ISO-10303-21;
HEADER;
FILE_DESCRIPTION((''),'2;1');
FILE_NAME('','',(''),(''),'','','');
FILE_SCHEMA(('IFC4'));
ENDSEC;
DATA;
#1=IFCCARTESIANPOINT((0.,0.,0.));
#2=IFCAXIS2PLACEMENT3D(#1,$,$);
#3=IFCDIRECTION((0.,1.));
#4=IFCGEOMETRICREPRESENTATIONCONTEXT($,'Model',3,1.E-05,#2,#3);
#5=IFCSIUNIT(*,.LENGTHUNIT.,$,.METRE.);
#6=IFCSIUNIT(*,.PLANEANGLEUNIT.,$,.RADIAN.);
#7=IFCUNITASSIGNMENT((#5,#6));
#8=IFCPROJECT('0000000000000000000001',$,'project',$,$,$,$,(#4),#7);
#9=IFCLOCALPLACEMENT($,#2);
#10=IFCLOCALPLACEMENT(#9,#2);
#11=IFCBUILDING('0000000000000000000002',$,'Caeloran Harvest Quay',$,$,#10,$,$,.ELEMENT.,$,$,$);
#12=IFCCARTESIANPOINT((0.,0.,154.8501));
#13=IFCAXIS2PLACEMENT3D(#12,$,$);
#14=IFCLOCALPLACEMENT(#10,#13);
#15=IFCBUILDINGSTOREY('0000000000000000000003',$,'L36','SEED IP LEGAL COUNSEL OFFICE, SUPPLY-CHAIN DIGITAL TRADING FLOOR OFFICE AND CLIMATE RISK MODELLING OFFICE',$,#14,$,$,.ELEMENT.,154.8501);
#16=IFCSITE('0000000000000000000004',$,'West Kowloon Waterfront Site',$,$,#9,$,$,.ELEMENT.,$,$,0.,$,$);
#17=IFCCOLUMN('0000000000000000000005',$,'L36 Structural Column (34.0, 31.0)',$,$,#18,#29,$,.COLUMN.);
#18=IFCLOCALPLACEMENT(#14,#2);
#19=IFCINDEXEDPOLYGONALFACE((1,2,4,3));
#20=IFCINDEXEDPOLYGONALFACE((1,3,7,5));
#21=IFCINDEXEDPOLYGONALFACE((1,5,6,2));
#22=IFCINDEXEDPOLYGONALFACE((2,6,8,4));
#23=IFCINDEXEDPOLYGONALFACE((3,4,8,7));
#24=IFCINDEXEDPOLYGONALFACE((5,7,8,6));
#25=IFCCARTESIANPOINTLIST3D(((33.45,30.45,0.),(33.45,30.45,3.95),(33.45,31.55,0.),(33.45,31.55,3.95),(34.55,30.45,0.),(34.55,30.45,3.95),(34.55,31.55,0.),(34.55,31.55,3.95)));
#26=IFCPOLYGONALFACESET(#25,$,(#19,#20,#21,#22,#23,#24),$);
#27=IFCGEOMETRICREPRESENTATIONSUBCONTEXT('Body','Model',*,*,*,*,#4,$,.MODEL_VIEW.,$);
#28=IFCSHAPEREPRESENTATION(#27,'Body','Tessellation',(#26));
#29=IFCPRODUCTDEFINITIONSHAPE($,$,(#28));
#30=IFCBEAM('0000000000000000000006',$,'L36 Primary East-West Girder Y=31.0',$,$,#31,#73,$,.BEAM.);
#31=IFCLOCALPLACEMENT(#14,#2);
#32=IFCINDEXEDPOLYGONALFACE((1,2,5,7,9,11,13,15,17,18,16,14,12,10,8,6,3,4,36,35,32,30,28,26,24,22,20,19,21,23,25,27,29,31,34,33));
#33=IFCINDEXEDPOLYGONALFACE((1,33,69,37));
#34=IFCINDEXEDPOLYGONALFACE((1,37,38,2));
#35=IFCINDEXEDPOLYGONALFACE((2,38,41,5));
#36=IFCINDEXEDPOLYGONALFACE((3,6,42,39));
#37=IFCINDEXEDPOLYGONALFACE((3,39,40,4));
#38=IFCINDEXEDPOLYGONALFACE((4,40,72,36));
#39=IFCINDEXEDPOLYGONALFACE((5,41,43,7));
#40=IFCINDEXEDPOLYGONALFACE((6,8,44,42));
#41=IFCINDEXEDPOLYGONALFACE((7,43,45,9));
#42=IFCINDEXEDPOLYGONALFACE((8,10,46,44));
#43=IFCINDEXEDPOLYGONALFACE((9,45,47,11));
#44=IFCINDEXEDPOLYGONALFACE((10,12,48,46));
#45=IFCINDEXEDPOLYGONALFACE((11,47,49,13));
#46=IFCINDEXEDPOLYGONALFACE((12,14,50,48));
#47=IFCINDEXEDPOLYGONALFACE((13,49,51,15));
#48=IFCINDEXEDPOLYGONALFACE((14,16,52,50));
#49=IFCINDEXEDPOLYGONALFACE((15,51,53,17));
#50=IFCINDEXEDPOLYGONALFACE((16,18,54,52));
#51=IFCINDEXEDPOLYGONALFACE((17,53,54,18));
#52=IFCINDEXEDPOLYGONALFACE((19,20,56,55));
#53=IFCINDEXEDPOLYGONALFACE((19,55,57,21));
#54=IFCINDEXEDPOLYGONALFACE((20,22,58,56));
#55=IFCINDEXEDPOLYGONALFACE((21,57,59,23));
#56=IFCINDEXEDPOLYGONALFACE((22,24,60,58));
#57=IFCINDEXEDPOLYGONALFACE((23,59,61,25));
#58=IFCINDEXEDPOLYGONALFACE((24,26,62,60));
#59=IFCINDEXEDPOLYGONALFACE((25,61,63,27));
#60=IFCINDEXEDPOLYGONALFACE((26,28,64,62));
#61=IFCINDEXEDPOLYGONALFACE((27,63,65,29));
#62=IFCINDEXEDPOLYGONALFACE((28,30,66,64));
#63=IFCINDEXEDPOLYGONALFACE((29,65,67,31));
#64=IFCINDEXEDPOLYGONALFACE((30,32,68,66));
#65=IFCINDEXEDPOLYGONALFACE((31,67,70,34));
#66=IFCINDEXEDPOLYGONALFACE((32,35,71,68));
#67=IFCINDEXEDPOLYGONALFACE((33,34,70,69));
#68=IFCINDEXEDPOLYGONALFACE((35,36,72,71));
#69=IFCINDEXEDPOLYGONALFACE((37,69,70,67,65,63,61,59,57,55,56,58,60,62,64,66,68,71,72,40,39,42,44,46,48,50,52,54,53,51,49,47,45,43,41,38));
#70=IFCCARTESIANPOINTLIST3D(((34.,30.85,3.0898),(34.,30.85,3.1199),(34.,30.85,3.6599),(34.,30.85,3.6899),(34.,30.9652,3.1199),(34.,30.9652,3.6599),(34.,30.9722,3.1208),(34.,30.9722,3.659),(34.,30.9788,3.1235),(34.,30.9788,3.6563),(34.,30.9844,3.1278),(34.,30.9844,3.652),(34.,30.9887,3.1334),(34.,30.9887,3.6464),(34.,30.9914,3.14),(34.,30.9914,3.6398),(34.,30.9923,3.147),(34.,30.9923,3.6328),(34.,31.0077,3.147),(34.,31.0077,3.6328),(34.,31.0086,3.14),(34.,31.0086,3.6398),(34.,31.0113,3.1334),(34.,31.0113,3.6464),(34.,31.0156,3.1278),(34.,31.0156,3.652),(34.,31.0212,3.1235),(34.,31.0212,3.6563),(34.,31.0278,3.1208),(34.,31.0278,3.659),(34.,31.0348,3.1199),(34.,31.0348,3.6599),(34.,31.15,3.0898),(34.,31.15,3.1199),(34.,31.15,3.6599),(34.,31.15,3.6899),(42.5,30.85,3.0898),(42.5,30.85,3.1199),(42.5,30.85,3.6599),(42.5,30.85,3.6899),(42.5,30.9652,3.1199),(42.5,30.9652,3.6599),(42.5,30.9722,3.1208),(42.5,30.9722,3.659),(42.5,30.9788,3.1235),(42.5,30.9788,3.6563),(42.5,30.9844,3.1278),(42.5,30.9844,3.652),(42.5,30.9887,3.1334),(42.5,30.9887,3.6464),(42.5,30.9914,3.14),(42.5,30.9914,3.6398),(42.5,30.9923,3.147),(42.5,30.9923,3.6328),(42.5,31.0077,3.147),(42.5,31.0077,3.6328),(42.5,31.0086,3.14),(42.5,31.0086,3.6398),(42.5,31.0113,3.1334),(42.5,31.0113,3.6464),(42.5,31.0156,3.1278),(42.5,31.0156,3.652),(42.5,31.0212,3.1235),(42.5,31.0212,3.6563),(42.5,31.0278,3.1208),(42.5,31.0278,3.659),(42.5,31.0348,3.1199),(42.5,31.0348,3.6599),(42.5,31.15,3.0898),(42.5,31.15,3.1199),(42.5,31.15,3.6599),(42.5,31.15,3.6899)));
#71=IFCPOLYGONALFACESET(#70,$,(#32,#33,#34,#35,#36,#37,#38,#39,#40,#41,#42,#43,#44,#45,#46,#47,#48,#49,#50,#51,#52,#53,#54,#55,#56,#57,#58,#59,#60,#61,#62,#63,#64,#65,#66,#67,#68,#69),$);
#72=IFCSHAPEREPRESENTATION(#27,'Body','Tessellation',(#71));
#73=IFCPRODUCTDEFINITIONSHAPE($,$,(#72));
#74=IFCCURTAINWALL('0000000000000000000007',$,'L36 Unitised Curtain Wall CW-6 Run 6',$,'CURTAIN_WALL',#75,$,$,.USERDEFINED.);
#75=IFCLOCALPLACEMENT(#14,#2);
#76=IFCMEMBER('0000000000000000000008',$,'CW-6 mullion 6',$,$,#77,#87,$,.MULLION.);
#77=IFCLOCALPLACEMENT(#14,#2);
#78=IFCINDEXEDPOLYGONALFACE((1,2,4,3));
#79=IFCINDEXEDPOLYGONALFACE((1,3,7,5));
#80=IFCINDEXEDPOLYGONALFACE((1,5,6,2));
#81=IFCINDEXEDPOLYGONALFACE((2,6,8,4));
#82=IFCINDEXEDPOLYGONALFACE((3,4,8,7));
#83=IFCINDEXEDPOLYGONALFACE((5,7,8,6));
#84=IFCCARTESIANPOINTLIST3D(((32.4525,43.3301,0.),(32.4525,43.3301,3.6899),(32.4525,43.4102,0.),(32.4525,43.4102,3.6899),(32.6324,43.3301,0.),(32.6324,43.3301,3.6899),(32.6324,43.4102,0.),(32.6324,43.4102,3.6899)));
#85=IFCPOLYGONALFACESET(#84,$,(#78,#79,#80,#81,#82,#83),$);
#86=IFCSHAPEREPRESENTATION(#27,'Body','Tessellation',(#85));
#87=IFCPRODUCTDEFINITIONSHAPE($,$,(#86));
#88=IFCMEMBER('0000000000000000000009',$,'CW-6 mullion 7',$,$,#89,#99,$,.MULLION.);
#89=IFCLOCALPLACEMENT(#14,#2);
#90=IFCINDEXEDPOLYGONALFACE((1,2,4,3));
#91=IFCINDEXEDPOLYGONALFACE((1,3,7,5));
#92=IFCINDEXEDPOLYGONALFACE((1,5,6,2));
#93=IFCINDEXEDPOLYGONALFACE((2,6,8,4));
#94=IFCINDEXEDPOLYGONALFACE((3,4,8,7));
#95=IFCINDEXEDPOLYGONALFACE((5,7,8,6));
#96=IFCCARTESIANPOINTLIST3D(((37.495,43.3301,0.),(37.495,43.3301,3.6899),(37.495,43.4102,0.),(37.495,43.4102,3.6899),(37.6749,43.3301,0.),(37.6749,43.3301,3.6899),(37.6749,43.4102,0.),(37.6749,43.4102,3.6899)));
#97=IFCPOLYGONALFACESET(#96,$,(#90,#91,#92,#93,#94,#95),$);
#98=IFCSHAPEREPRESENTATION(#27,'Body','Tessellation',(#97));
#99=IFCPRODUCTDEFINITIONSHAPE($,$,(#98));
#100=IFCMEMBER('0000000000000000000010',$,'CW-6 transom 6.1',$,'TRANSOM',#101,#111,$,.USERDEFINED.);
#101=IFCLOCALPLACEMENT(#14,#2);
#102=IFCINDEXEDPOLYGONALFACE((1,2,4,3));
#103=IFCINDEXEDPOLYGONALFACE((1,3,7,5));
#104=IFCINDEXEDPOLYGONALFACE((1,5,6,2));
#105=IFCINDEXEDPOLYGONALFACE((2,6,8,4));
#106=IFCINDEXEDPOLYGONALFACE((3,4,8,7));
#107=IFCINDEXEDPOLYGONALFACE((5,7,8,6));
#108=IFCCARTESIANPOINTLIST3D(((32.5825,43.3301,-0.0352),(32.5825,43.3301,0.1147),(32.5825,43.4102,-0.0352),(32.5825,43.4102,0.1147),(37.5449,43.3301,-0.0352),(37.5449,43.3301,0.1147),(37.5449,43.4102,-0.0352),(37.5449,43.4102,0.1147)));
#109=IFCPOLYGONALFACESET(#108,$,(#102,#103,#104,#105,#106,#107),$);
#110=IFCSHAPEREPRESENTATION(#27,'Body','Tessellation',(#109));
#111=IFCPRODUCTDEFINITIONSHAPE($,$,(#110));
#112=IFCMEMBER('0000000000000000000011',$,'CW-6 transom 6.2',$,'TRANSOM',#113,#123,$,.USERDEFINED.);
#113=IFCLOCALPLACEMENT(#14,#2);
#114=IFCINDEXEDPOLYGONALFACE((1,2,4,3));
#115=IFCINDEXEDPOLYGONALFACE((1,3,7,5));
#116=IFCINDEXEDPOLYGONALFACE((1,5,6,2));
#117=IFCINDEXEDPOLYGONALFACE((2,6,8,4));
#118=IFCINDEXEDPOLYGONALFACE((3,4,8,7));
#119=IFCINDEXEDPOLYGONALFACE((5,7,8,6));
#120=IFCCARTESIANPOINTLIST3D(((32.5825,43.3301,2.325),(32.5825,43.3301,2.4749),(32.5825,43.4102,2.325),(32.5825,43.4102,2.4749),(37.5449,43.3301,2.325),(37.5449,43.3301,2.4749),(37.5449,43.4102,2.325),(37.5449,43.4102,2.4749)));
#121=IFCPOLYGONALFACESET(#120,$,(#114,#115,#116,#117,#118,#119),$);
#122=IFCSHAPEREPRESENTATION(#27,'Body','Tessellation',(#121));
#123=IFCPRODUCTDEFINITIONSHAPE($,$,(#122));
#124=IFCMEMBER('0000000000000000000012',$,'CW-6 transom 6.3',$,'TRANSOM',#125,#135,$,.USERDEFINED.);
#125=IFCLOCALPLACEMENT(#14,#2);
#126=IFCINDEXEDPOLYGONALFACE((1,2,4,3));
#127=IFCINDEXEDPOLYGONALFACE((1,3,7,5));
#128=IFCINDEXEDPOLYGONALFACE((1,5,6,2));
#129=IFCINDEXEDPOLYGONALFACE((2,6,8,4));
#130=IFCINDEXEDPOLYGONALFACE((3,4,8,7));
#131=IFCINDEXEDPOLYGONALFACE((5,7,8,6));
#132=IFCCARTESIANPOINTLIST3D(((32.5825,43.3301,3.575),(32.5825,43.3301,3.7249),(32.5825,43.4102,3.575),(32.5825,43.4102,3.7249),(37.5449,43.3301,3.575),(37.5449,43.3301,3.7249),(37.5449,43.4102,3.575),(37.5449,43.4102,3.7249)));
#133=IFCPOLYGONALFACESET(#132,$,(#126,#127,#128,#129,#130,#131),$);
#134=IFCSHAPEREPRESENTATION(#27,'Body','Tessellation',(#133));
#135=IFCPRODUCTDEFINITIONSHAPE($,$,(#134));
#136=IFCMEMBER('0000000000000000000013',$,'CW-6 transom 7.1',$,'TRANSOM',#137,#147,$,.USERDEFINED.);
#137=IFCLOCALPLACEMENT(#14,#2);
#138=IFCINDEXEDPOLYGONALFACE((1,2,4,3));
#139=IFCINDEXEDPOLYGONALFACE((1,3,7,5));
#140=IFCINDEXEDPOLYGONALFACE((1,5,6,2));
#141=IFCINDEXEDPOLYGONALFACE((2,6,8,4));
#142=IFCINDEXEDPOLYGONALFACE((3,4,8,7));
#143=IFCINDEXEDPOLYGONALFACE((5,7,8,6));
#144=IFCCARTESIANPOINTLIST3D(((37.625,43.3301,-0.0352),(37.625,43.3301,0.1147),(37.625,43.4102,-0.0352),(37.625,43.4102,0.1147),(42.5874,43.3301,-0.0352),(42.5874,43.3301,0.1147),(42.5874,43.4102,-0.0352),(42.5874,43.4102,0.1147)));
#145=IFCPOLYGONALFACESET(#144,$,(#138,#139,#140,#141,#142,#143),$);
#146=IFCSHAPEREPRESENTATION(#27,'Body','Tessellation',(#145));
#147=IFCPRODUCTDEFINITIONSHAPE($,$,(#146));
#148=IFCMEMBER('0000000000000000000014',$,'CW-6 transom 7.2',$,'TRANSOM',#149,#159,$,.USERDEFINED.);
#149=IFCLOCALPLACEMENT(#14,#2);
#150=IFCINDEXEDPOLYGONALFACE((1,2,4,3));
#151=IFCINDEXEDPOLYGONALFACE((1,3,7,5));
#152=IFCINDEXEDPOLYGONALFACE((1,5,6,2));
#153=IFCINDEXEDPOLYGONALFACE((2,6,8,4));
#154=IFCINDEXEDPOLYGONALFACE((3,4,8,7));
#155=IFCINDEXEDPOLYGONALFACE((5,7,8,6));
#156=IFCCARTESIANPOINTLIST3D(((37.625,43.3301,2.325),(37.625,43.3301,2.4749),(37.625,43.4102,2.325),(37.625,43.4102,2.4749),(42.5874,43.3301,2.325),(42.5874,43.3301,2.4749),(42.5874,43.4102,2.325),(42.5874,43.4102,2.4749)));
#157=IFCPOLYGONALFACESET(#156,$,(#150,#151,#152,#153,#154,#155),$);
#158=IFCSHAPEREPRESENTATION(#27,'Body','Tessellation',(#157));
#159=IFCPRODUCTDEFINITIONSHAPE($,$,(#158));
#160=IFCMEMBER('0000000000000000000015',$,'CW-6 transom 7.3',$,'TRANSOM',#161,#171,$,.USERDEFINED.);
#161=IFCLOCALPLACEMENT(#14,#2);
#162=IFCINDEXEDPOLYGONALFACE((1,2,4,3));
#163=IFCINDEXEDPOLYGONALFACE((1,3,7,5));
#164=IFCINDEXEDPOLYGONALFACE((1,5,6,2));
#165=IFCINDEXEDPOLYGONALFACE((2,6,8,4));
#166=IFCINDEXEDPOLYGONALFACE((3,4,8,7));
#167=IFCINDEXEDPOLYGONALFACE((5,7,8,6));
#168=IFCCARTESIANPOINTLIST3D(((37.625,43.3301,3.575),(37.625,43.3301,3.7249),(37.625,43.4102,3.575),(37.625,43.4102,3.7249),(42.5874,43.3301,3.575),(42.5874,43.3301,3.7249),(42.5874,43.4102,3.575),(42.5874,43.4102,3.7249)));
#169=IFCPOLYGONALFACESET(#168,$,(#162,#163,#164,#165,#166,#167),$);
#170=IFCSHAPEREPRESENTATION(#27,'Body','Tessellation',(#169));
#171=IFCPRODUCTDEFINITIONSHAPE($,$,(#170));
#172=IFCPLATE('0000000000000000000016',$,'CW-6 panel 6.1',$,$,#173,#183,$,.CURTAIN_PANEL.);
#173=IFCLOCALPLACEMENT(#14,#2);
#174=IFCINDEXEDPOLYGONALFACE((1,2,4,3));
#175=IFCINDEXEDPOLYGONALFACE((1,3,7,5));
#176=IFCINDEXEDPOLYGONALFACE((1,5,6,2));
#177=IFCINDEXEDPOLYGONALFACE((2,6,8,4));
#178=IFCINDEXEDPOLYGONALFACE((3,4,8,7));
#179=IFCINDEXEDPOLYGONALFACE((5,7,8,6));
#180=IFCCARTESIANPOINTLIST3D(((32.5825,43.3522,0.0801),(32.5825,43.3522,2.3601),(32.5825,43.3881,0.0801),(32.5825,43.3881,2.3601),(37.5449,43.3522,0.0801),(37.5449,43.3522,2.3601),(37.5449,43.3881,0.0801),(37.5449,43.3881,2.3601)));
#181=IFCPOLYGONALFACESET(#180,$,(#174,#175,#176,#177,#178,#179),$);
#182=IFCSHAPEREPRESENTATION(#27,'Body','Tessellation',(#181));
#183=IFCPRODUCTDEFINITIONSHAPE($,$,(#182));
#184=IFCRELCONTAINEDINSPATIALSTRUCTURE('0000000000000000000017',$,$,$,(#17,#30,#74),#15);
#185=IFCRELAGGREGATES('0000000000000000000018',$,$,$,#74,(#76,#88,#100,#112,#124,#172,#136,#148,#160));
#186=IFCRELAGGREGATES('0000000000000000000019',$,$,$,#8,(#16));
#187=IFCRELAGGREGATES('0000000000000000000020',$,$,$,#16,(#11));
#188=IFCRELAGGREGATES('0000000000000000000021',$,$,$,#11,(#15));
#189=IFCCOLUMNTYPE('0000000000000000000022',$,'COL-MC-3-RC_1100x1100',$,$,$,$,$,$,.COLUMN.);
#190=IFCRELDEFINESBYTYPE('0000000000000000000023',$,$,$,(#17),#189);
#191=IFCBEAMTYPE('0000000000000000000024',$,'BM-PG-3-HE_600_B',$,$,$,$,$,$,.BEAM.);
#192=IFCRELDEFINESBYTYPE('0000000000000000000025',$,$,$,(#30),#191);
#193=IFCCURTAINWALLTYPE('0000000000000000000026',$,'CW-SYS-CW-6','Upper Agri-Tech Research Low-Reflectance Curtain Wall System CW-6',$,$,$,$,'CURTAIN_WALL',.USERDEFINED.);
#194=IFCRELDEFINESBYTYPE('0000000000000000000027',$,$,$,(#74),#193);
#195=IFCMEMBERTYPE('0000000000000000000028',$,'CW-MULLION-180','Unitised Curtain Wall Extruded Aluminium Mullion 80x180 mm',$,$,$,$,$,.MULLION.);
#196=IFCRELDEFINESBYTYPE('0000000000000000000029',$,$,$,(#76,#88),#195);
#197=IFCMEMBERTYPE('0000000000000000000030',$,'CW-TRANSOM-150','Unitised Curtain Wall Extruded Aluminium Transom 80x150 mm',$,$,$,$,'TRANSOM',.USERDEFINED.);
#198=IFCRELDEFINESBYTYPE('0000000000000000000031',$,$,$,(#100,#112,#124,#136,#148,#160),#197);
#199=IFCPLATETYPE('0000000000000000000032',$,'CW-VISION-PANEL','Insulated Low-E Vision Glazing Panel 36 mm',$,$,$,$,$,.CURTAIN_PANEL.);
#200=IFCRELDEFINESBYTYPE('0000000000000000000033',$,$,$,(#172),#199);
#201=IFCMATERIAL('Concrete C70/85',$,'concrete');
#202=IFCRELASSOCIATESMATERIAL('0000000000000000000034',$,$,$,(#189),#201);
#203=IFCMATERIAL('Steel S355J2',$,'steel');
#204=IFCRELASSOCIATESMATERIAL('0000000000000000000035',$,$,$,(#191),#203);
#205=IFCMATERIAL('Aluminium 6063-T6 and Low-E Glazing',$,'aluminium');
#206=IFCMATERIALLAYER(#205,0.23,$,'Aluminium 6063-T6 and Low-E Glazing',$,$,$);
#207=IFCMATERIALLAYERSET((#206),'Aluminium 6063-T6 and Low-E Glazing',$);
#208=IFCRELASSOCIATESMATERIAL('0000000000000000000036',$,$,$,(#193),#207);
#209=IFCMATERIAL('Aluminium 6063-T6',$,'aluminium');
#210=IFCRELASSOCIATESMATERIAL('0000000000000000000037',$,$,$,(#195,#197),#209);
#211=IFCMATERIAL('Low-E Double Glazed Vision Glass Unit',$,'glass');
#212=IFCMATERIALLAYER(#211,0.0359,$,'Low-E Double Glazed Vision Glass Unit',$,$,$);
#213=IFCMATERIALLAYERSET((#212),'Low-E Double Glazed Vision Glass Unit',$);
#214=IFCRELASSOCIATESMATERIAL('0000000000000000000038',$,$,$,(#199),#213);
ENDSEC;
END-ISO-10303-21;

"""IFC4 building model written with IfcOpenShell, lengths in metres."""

from ifc_helpers import new_model, si_unit, direction, frame, origin, origin_2d, place, context, subcontext, project, spatial, rectangle, i_section, extrude, material, layer, layer_set, material_profile, profile_set, type_object, element, aggregate, save


model = new_model("IFC4")

# Units and contexts
model_context = context("Model", 3, precision=1e-05, world=origin(), true_north=direction((0.0, 1.0)))
body_context = subcontext(model_context, "Body", "Model", "MODEL_VIEW")
ifc_project = project(units=[si_unit("LENGTHUNIT", "METRE"), si_unit("PLANEANGLEUNIT", "RADIAN")], contexts=[model_context])

# Site, building, storey
site_placement = place(None, origin())
site = spatial("IfcSite", under=ifc_project, at=site_placement, Name="West Kowloon Waterfront Site", CompositionType="ELEMENT", RefElevation=0.0)
building_placement = place(site_placement, origin())
building = spatial("IfcBuilding", under=site, at=building_placement, Name="Caeloran Harvest Quay", CompositionType="ELEMENT")
storey_placement = place(building_placement, frame((0.0, 0.0, 154.8501)))
storey = spatial("IfcBuildingStorey", under=building, at=storey_placement, Name="L36", Description="SEED IP LEGAL COUNSEL OFFICE, SUPPLY-CHAIN DIGITAL TRADING FLOOR OFFICE AND CLIMATE RISK MODELLING OFFICE", CompositionType="ELEMENT", Elevation=154.8501)

# Column
ifc_material_1 = material(Name="Concrete C70/85", Category="concrete")
ifc_material_profile_1 = material_profile(ifc_material_1, rectangle(XDim=1.1001, YDim=1.1001, at=origin_2d()), Name="RC 1100x1100")
ifc_profile_set_1 = profile_set([ifc_material_profile_1], Name="Concrete C70/85")
column_type = type_object("IfcColumnType", Name="COL-MC-3-RC_1100x1100", PredefinedType="COLUMN", material=ifc_profile_set_1)
column_placement = place(storey_placement, frame((34.0, 31.0, 0.0), z_axis=(0.0, 0.0, 1.0), x_axis=(1.0, 0.0, 0.0)))
element("IfcColumn", 1, at=column_placement, inside=storey, type_object=column_type, Name="L36 Structural Column (34.0, 31.0)", PredefinedType="COLUMN", context=body_context, shape_type="SweptSolid", body=[
    extrude(rectangle(XDim=1.1001, YDim=1.1001, at=origin_2d()), origin(), (0.0, 0.0, 1.0), 3.95),
])

# Beam
ifc_material_2 = material(Name="Steel S355J2", Category="steel")
ifc_material_profile_2 = material_profile(ifc_material_2, i_section(OverallWidth=0.3, OverallDepth=0.6001, WebThickness=0.0154, FlangeThickness=0.03, FilletRadius=0.0271, at=origin_2d()), Name="HE 600 B")
ifc_profile_set_2 = profile_set([ifc_material_profile_2], Name="Steel S355J2")
beam_type = type_object("IfcBeamType", Name="BM-PG-3-HE_600_B", PredefinedType="BEAM", material=ifc_profile_set_2)
beam_placement = place(storey_placement, frame((34.0, 31.0, 3.3899), z_axis=(1.0, 0.0, 0.0), x_axis=(0.0, 1.0, 0.0)))
element("IfcBeam", 2, at=beam_placement, inside=storey, type_object=beam_type, Name="L36 Primary East-West Girder Y=31.0", PredefinedType="BEAM", context=body_context, shape_type="SweptSolid", body=[
    extrude(i_section(OverallWidth=0.3, OverallDepth=0.6001, WebThickness=0.0154, FlangeThickness=0.03, FilletRadius=0.0271, at=origin_2d()), origin(), (0.0, 0.0, 1.0), 8.5),
])

# Curtain wall, members, plate
ifc_material_3 = material(Name="Aluminium 6063-T6 and Low-E Glazing", Category="aluminium")
ifc_layer_1 = layer(ifc_material_3, 0.23, Name="Aluminium 6063-T6 and Low-E Glazing")
ifc_layer_set_1 = layer_set([ifc_layer_1], Name="Aluminium 6063-T6 and Low-E Glazing")
curtain_wall_type = type_object("IfcCurtainWallType", Name="CW-SYS-CW-6", Description="Upper Agri-Tech Research Low-Reflectance Curtain Wall System CW-6", ElementType="CURTAIN_WALL", PredefinedType="USERDEFINED", material=ifc_layer_set_1)
curtain_wall_placement = place(storey_placement, origin())
curtain_wall = element("IfcCurtainWall", 3, at=curtain_wall_placement, inside=storey, type_object=curtain_wall_type, Name="L36 Unitised Curtain Wall CW-6 Run 6", ObjectType="CURTAIN_WALL", PredefinedType="USERDEFINED")
ifc_material_4 = material(Name="Aluminium 6063-T6", Category="aluminium")
ifc_material_profile_3 = material_profile(ifc_material_4, rectangle(XDim=0.0801, YDim=0.1799, at=origin_2d()), Name="CW-MULLION-180")
ifc_profile_set_3 = profile_set([ifc_material_profile_3], Name="Aluminium 6063-T6")
member_type_1 = type_object("IfcMemberType", Name="CW-MULLION-180", Description="Unitised Curtain Wall Extruded Aluminium Mullion 80x180 mm", PredefinedType="MULLION", material=ifc_profile_set_3)
member_1_placement = place(storey_placement, frame((32.5425, 43.3701, 0.0), z_axis=(0.0, 0.0, 1.0), x_axis=(0.0, 1.0, 0.0)))
member_1 = element("IfcMember", 4, at=member_1_placement, type_object=member_type_1, Name="CW-6 mullion 6", PredefinedType="MULLION", context=body_context, shape_type="SweptSolid", body=[
    extrude(rectangle(XDim=0.0801, YDim=0.1799, at=origin_2d()), origin(), (0.0, 0.0, 1.0), 3.6899),
])
member_2_placement = place(storey_placement, frame((37.585, 43.3701, 0.0), z_axis=(0.0, 0.0, 1.0), x_axis=(0.0, 1.0, 0.0)))
member_2 = element("IfcMember", 5, at=member_2_placement, type_object=member_type_1, Name="CW-6 mullion 7", PredefinedType="MULLION", context=body_context, shape_type="SweptSolid", body=[
    extrude(rectangle(XDim=0.0801, YDim=0.1799, at=origin_2d()), origin(), (0.0, 0.0, 1.0), 3.6899),
])
ifc_material_profile_4 = material_profile(ifc_material_4, rectangle(XDim=0.0801, YDim=0.1499, at=origin_2d()), Name="CW-TRANSOM-150")
ifc_profile_set_4 = profile_set([ifc_material_profile_4], Name="Aluminium 6063-T6")
member_type_2 = type_object("IfcMemberType", Name="CW-TRANSOM-150", Description="Unitised Curtain Wall Extruded Aluminium Transom 80x150 mm", ElementType="TRANSOM", PredefinedType="USERDEFINED", material=ifc_profile_set_4)
member_3_placement = place(storey_placement, frame((32.5825, 43.3701, 0.0398), z_axis=(1.0, 0.0, 0.0), x_axis=(0.0, 1.0, 0.0)))
member_3 = element("IfcMember", 6, at=member_3_placement, type_object=member_type_2, Name="CW-6 transom 6.1", ObjectType="TRANSOM", PredefinedType="USERDEFINED", context=body_context, shape_type="SweptSolid", body=[
    extrude(rectangle(XDim=0.0801, YDim=0.1499, at=origin_2d()), origin(), (0.0, 0.0, 1.0), 4.9624),
])
member_4_placement = place(storey_placement, frame((32.5825, 43.3701, 2.3999), z_axis=(1.0, 0.0, 0.0), x_axis=(0.0, 1.0, 0.0)))
member_4 = element("IfcMember", 7, at=member_4_placement, type_object=member_type_2, Name="CW-6 transom 6.2", ObjectType="TRANSOM", PredefinedType="USERDEFINED", context=body_context, shape_type="SweptSolid", body=[
    extrude(rectangle(XDim=0.0801, YDim=0.1499, at=origin_2d()), origin(), (0.0, 0.0, 1.0), 4.9624),
])
member_5_placement = place(storey_placement, frame((32.5825, 43.3701, 3.6499), z_axis=(1.0, 0.0, 0.0), x_axis=(0.0, 1.0, 0.0)))
member_5 = element("IfcMember", 8, at=member_5_placement, type_object=member_type_2, Name="CW-6 transom 6.3", ObjectType="TRANSOM", PredefinedType="USERDEFINED", context=body_context, shape_type="SweptSolid", body=[
    extrude(rectangle(XDim=0.0801, YDim=0.1499, at=origin_2d()), origin(), (0.0, 0.0, 1.0), 4.9624),
])
member_6_placement = place(storey_placement, frame((37.625, 43.3701, 0.0398), z_axis=(1.0, 0.0, 0.0), x_axis=(0.0, 1.0, 0.0)))
member_6 = element("IfcMember", 9, at=member_6_placement, type_object=member_type_2, Name="CW-6 transom 7.1", ObjectType="TRANSOM", PredefinedType="USERDEFINED", context=body_context, shape_type="SweptSolid", body=[
    extrude(rectangle(XDim=0.0801, YDim=0.1499, at=origin_2d()), origin(), (0.0, 0.0, 1.0), 4.9624),
])
member_7_placement = place(storey_placement, frame((37.625, 43.3701, 2.3999), z_axis=(1.0, 0.0, 0.0), x_axis=(0.0, 1.0, 0.0)))
member_7 = element("IfcMember", 10, at=member_7_placement, type_object=member_type_2, Name="CW-6 transom 7.2", ObjectType="TRANSOM", PredefinedType="USERDEFINED", context=body_context, shape_type="SweptSolid", body=[
    extrude(rectangle(XDim=0.0801, YDim=0.1499, at=origin_2d()), origin(), (0.0, 0.0, 1.0), 4.9624),
])
member_8_placement = place(storey_placement, frame((37.625, 43.3701, 3.6499), z_axis=(1.0, 0.0, 0.0), x_axis=(0.0, 1.0, 0.0)))
member_8 = element("IfcMember", 11, at=member_8_placement, type_object=member_type_2, Name="CW-6 transom 7.3", ObjectType="TRANSOM", PredefinedType="USERDEFINED", context=body_context, shape_type="SweptSolid", body=[
    extrude(rectangle(XDim=0.0801, YDim=0.1499, at=origin_2d()), origin(), (0.0, 0.0, 1.0), 4.9624),
])
ifc_material_5 = material(Name="Low-E Double Glazed Vision Glass Unit", Category="glass")
ifc_layer_2 = layer(ifc_material_5, 0.0359, Name="Low-E Double Glazed Vision Glass Unit")
ifc_layer_set_2 = layer_set([ifc_layer_2], Name="Low-E Double Glazed Vision Glass Unit")
plate_type = type_object("IfcPlateType", Name="CW-VISION-PANEL", Description="Insulated Low-E Vision Glazing Panel 36 mm", PredefinedType="CURTAIN_PANEL", material=ifc_layer_set_2)
plate_1_placement = place(storey_placement, frame((35.0637, 43.3701, 0.0801), z_axis=(0.0, 0.0, 1.0), x_axis=(1.0, 0.0, 0.0)))
plate_1 = element("IfcPlate", 12, at=plate_1_placement, type_object=plate_type, Name="CW-6 panel 6.1", PredefinedType="CURTAIN_PANEL", context=body_context, shape_type="SweptSolid", body=[
    extrude(rectangle(XDim=4.9624, YDim=0.0359, at=origin_2d()), origin(), (0.0, 0.0, 1.0), 2.28),
])
aggregate(curtain_wall, [member_1, member_2, member_3, member_4, member_5, plate_1, member_6, member_7, member_8])

save(model, "model.ifc")
